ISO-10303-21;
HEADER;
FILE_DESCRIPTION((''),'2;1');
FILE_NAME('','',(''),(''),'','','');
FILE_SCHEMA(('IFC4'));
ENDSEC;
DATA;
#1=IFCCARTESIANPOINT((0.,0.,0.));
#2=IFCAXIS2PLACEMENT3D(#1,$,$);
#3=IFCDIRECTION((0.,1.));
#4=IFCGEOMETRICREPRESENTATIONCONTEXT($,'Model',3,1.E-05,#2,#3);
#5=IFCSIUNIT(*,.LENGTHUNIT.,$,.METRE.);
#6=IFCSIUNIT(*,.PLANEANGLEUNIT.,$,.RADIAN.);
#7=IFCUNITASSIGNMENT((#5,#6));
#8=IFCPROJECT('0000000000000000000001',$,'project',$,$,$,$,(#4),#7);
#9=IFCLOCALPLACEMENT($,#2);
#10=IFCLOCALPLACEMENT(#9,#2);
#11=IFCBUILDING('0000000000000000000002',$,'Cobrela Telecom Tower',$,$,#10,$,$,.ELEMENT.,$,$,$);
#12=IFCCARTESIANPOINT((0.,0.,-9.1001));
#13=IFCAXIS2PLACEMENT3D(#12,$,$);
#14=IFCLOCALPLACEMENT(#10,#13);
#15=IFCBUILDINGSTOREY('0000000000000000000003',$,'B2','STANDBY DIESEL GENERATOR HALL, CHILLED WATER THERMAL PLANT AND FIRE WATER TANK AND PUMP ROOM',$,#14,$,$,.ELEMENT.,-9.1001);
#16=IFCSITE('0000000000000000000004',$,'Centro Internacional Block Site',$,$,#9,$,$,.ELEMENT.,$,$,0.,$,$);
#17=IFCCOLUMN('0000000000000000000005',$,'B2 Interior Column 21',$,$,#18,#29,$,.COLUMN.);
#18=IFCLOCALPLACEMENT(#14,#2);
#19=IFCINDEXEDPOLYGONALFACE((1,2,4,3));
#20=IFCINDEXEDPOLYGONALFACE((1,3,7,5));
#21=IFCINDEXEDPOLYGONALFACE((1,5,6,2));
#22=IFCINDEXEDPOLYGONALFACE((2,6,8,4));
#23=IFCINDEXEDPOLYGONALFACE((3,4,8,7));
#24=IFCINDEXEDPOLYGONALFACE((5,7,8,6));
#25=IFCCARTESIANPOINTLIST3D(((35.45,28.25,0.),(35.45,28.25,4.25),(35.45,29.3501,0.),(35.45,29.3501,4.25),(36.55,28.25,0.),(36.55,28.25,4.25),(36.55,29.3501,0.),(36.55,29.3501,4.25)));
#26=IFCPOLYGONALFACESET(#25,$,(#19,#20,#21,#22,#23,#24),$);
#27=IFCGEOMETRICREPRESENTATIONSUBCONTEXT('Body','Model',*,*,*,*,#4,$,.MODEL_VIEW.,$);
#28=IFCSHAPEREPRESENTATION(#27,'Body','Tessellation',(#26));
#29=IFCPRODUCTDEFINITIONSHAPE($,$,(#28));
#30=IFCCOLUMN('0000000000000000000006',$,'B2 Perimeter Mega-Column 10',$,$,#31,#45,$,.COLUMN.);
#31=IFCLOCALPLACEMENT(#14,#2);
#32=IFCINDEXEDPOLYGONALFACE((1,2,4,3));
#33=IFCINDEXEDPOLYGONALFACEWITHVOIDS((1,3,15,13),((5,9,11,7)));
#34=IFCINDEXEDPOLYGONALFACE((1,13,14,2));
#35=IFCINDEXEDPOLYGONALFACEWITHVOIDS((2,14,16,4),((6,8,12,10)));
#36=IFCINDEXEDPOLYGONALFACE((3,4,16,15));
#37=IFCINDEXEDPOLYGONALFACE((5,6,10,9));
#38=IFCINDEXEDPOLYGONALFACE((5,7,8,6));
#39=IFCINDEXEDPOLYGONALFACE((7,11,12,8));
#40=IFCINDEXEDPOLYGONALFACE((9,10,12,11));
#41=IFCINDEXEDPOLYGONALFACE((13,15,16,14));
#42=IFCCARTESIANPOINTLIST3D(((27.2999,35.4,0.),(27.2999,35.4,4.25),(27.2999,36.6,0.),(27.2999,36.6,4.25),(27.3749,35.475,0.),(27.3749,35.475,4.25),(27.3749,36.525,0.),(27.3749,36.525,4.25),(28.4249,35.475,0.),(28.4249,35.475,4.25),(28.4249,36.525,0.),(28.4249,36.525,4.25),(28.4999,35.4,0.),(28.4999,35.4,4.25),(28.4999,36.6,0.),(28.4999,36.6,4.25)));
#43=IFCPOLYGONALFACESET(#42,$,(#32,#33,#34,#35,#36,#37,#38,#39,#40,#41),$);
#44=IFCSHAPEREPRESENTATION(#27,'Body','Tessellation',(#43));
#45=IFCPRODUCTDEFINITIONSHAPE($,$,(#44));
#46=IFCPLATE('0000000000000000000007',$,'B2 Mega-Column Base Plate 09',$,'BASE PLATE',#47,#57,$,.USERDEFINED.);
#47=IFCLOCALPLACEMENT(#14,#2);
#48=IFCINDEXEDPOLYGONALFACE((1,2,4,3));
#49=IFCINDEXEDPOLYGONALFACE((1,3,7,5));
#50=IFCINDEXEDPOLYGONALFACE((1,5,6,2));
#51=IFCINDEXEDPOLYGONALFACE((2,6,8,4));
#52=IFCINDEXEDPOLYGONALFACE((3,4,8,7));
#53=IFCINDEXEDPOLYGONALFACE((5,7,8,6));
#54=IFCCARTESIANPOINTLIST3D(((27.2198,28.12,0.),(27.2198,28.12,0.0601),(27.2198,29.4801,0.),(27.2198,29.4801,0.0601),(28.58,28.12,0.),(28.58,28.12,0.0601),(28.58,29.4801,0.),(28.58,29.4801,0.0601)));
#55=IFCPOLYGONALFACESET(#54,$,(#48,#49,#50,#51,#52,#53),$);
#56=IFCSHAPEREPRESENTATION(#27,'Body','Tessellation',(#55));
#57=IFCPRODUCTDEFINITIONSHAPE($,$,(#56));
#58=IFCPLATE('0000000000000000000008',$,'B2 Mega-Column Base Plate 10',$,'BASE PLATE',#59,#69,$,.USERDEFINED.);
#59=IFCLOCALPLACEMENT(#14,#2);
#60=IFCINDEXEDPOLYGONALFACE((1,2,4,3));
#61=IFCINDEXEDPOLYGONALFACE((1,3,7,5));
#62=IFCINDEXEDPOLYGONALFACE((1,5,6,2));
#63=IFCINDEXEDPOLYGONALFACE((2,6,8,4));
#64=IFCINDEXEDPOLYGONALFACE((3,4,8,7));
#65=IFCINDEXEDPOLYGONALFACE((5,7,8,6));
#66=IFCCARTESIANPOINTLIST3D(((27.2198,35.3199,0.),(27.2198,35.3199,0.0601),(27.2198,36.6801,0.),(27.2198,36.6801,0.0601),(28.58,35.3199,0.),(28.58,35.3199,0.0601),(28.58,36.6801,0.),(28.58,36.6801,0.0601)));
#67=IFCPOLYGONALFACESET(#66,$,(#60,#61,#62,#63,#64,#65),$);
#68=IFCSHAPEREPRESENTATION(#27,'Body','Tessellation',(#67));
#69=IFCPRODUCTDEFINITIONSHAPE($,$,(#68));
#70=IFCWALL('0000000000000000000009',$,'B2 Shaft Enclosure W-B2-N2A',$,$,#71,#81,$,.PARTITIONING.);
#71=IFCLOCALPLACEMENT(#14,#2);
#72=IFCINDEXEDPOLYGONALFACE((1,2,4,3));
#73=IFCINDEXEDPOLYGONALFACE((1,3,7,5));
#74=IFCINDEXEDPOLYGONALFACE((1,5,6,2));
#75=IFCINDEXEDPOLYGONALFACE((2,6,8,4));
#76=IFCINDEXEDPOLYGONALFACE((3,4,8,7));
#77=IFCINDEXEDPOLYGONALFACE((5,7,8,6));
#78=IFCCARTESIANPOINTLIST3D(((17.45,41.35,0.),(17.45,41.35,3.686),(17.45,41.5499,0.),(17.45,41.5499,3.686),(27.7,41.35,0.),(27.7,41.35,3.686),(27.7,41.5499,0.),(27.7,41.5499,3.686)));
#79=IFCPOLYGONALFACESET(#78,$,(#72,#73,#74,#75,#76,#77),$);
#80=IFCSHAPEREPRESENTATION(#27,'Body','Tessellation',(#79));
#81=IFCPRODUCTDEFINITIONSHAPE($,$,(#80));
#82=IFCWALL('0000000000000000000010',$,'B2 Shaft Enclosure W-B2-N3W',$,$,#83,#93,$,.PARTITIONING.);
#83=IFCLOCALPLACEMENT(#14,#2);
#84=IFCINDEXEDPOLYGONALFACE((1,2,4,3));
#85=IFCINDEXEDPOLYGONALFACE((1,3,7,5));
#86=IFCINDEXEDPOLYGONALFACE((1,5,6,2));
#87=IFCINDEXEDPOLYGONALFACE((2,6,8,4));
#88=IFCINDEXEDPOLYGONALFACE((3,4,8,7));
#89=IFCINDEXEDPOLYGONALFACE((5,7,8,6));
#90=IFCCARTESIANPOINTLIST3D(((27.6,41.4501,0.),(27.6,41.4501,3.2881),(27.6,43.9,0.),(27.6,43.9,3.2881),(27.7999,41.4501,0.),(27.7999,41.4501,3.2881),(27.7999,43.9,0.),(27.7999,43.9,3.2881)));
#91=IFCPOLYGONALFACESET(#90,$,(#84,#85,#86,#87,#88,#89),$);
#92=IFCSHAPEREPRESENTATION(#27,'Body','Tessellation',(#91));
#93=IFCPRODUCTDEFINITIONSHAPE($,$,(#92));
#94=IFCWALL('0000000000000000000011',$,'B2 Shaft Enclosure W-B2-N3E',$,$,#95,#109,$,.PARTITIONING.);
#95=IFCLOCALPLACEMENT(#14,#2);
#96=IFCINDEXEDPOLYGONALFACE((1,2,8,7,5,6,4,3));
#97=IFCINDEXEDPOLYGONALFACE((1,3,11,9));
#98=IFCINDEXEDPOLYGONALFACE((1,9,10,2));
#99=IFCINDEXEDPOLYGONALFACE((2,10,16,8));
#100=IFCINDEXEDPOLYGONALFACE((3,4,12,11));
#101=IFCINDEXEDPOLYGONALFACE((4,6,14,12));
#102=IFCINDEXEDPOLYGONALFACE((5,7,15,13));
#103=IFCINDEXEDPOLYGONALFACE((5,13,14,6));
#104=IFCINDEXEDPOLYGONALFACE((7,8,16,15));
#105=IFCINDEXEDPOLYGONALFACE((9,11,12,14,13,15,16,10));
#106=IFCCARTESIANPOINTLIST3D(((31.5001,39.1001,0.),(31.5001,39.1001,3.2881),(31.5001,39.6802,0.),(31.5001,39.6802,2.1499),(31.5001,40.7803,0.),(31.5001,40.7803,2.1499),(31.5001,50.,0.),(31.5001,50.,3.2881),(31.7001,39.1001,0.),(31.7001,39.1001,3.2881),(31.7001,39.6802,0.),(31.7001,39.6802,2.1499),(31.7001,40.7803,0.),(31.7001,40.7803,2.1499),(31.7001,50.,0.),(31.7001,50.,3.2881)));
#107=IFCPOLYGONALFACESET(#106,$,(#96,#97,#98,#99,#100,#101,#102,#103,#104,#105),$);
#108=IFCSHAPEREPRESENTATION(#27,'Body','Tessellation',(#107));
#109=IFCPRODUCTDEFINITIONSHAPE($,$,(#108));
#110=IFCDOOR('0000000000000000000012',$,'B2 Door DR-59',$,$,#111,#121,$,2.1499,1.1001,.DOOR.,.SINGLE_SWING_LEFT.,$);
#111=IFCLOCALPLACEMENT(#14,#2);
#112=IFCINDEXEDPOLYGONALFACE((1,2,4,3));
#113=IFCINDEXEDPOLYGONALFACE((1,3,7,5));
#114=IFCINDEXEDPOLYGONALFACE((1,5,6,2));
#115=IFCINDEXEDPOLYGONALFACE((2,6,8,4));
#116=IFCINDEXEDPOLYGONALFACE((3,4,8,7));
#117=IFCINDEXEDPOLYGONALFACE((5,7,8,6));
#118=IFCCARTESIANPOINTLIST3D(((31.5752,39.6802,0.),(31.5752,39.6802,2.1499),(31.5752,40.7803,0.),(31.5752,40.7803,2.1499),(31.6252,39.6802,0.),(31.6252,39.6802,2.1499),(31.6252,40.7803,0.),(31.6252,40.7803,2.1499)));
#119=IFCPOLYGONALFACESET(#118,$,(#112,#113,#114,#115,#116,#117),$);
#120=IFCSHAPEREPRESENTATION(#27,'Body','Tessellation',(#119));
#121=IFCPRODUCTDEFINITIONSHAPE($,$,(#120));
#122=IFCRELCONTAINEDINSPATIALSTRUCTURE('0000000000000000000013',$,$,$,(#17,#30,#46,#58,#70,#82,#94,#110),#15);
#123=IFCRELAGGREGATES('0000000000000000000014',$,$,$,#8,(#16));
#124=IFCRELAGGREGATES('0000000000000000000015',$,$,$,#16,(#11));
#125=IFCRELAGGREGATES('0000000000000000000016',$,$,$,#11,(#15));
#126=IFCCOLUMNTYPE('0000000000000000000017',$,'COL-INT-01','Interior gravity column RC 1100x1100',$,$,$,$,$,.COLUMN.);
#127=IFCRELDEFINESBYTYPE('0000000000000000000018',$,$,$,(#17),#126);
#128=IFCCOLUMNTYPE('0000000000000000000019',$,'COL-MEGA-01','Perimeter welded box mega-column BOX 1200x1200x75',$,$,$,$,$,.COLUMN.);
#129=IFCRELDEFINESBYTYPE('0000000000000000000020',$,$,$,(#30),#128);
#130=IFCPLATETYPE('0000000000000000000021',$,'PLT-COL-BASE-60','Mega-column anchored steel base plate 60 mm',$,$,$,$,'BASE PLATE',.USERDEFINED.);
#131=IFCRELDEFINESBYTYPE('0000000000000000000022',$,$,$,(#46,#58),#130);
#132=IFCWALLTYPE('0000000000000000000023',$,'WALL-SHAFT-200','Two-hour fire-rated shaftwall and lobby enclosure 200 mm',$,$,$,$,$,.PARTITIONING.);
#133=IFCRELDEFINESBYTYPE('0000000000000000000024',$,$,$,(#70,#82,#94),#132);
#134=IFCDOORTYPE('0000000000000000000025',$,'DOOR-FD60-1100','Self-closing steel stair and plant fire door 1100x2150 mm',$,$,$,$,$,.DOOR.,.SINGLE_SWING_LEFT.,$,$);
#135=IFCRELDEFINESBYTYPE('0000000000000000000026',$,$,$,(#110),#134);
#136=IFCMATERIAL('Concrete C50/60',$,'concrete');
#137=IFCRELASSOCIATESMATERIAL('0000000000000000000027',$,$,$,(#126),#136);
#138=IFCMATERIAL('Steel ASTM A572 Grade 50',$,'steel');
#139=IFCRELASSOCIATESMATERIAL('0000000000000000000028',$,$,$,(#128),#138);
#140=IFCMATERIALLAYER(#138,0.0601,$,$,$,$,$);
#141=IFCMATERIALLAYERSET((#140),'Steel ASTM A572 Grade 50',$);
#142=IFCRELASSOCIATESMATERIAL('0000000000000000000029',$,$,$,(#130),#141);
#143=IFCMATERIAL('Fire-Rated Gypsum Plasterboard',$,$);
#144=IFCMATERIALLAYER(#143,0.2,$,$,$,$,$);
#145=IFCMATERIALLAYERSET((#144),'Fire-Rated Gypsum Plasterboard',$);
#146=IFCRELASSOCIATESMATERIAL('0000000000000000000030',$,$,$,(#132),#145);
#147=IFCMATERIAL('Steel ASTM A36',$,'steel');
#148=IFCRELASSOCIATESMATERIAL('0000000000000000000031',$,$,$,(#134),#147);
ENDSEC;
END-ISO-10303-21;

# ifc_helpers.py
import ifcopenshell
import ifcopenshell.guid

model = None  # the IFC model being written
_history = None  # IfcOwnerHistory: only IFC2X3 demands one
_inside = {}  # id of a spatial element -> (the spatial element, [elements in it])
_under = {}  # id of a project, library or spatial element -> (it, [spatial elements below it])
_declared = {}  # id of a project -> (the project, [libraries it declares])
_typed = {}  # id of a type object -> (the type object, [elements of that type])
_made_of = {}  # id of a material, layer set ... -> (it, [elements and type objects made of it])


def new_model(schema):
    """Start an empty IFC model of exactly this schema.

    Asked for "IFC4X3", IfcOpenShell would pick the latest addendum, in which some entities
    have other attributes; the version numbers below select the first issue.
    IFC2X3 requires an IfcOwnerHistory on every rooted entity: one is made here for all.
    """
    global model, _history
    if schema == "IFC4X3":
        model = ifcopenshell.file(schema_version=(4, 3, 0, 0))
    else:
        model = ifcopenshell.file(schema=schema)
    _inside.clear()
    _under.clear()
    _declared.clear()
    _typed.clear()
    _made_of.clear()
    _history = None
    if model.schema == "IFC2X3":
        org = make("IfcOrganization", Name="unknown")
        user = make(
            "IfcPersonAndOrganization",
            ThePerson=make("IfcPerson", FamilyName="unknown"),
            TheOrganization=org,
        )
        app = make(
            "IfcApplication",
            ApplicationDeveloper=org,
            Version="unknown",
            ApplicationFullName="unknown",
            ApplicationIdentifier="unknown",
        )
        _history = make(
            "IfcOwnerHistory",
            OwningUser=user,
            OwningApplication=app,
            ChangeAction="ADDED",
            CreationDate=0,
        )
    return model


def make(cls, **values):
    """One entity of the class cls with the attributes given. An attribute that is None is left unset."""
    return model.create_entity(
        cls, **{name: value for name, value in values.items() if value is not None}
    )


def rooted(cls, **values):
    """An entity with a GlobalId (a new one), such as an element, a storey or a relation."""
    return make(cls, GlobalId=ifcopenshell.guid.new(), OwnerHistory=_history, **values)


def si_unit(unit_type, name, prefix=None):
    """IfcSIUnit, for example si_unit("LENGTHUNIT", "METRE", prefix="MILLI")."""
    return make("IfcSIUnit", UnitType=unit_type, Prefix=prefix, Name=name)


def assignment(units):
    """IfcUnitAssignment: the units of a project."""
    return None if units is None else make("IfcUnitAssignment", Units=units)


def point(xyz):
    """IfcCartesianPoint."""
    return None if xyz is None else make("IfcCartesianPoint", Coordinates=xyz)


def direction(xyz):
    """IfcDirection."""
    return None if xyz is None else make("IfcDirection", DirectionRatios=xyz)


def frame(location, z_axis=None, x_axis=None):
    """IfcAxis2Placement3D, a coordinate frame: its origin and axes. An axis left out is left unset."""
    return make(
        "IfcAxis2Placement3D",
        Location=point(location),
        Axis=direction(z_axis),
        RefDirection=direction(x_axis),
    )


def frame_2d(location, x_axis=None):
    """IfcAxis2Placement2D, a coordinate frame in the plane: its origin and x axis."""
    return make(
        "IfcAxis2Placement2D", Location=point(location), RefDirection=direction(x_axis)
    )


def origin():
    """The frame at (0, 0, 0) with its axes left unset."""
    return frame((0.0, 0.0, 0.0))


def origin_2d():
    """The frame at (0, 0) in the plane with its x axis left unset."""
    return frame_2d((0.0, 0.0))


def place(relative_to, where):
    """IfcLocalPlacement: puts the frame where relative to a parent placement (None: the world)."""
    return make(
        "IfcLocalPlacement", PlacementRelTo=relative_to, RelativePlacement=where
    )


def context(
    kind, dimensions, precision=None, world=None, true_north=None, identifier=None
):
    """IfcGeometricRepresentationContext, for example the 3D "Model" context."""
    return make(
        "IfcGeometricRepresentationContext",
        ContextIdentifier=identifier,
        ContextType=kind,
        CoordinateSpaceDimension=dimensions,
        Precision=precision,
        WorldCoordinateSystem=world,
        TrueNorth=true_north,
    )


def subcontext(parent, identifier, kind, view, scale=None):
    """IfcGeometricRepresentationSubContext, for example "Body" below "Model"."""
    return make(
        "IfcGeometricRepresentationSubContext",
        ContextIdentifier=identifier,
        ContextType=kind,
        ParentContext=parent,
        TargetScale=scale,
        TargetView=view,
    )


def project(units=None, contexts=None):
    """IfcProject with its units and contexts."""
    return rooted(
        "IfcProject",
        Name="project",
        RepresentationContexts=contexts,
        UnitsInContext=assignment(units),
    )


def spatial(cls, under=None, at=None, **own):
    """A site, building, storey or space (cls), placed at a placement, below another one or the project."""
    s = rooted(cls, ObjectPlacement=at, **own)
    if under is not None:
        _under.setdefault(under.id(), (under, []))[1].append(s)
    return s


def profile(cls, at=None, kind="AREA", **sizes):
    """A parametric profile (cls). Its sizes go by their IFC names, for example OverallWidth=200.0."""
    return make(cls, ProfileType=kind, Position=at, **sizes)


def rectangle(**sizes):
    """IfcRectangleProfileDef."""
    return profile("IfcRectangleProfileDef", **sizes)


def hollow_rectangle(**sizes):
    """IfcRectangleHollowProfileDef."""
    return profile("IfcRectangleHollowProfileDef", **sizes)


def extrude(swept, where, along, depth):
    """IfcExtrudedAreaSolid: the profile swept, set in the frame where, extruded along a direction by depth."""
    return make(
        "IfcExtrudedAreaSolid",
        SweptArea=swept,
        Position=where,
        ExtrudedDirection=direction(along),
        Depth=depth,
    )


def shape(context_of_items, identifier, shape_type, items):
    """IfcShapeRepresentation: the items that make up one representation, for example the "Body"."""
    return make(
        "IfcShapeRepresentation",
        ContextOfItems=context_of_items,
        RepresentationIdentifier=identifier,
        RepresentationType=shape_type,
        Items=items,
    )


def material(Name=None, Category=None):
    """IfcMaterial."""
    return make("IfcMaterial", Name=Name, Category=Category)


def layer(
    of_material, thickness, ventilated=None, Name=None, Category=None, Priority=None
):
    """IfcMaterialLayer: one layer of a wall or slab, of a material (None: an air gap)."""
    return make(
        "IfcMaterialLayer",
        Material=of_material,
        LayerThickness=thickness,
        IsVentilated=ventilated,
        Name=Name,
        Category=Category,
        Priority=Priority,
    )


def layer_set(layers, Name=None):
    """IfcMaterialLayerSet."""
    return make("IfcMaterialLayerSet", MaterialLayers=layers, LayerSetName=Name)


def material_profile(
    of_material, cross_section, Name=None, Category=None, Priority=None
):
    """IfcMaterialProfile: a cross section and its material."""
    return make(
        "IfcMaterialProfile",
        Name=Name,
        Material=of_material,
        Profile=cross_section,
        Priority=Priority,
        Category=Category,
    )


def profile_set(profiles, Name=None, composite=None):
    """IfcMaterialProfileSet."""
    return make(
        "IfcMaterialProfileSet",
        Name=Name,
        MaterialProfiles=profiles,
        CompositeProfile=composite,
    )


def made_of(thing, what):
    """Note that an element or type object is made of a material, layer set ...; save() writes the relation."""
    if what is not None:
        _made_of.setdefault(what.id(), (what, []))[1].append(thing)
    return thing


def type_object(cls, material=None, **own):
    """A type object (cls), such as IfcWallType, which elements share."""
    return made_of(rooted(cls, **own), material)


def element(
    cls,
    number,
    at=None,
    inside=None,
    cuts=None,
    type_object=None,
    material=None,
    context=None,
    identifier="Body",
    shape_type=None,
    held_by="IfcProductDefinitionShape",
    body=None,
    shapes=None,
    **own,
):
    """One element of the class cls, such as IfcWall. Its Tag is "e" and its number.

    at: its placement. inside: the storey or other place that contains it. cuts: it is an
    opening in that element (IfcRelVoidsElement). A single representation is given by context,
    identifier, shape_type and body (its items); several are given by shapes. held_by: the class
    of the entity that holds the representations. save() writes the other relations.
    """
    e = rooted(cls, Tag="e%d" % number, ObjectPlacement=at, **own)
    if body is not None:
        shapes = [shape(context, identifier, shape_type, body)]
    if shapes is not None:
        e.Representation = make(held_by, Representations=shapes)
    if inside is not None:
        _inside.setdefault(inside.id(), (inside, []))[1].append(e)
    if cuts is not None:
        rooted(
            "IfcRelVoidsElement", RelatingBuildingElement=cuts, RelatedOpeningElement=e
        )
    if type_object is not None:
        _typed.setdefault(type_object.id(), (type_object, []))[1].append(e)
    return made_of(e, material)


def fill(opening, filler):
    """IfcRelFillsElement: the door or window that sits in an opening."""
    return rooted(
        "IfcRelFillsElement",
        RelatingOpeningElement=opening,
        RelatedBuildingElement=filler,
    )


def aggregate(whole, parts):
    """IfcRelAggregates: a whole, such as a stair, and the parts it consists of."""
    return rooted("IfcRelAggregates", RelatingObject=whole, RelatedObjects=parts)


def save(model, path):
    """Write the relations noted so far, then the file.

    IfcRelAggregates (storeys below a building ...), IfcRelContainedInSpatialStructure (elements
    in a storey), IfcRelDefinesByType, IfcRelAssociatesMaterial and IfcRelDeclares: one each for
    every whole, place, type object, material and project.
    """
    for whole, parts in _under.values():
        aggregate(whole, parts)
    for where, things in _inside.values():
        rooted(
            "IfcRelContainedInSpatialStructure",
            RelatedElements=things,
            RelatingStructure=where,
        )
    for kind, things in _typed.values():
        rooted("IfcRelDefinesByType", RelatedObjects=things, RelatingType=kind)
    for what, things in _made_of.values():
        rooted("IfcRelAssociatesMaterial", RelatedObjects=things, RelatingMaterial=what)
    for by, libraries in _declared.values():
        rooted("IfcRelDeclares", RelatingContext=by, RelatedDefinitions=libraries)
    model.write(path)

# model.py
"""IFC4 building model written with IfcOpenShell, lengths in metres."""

from ifc_helpers import new_model, si_unit, direction, frame, frame_2d, origin, origin_2d, place, context, subcontext, project, spatial, rectangle, hollow_rectangle, extrude, material, layer, layer_set, material_profile, profile_set, type_object, element, fill, save


model = new_model("IFC4")

# Units and contexts
model_context = context("Model", 3, precision=1e-05, world=origin(), true_north=direction((0.0, 1.0)))
body_context = subcontext(model_context, "Body", "Model", "MODEL_VIEW")
ifc_project = project(units=[si_unit("LENGTHUNIT", "METRE"), si_unit("PLANEANGLEUNIT", "RADIAN")], contexts=[model_context])

# Site, building, storey
site_placement = place(None, origin())
site = spatial("IfcSite", under=ifc_project, at=site_placement, Name="Centro Internacional Block Site", CompositionType="ELEMENT", RefElevation=0.0)
building_placement = place(site_placement, origin())
building = spatial("IfcBuilding", under=site, at=building_placement, Name="Cobrela Telecom Tower", CompositionType="ELEMENT")
storey_placement = place(building_placement, frame((0.0, 0.0, -9.1001)))
storey = spatial("IfcBuildingStorey", under=building, at=storey_placement, Name="B2", Description="STANDBY DIESEL GENERATOR HALL, CHILLED WATER THERMAL PLANT AND FIRE WATER TANK AND PUMP ROOM", CompositionType="ELEMENT", Elevation=-9.1001)

# Columns
ifc_material_1 = material(Name="Concrete C50/60", Category="concrete")
ifc_material_profile_1 = material_profile(ifc_material_1, rectangle(XDim=1.1001, YDim=1.1001, at=origin_2d()), Name="RC 1100x1100")
ifc_profile_set_1 = profile_set([ifc_material_profile_1], Name="Concrete C50/60")
column_type_1 = type_object("IfcColumnType", Name="COL-INT-01", Description="Interior gravity column RC 1100x1100", PredefinedType="COLUMN", material=ifc_profile_set_1)
column_1_placement = place(storey_placement, frame((36.0, 28.8, 0.0), z_axis=(0.0, 0.0, 1.0), x_axis=(1.0, 0.0, 0.0)))
element("IfcColumn", 1, at=column_1_placement, inside=storey, type_object=column_type_1, Name="B2 Interior Column 21", PredefinedType="COLUMN", context=body_context, shape_type="SweptSolid", body=[
    extrude(rectangle(XDim=1.1001, YDim=1.1001, at=origin_2d()), origin(), (0.0, 0.0, 1.0), 4.25),
])
ifc_material_2 = material(Name="Steel ASTM A572 Grade 50", Category="steel")
ifc_material_profile_2 = material_profile(ifc_material_2, hollow_rectangle(XDim=1.2, YDim=1.2, WallThickness=0.075, at=origin_2d()), Name="BOX 1200x1200x75")
ifc_profile_set_2 = profile_set([ifc_material_profile_2], Name="Steel ASTM A572 Grade 50")
column_type_2 = type_object("IfcColumnType", Name="COL-MEGA-01", Description="Perimeter welded box mega-column BOX 1200x1200x75", PredefinedType="COLUMN", material=ifc_profile_set_2)
column_2_placement = place(storey_placement, frame((27.8999, 36.0, 0.0), z_axis=(0.0, 0.0, 1.0), x_axis=(1.0, 0.0, 0.0)))
element("IfcColumn", 2, at=column_2_placement, inside=storey, type_object=column_type_2, Name="B2 Perimeter Mega-Column 10", PredefinedType="COLUMN", context=body_context, shape_type="SweptSolid", body=[
    extrude(hollow_rectangle(XDim=1.2, YDim=1.2, WallThickness=0.075, at=origin_2d()), origin(), (0.0, 0.0, 1.0), 4.25),
])

# Plates
ifc_layer_1 = layer(ifc_material_2, 0.0601)
ifc_layer_set_1 = layer_set([ifc_layer_1], Name="Steel ASTM A572 Grade 50")
plate_type = type_object("IfcPlateType", Name="PLT-COL-BASE-60", Description="Mega-column anchored steel base plate 60 mm", ElementType="BASE PLATE", PredefinedType="USERDEFINED", material=ifc_layer_set_1)
for number, where, z_axis, x_axis, name in (
    (3, (27.8999, 28.8, 0.0), (0.0, 0.0, 1.0), (1.0, 0.0, 0.0), "B2 Mega-Column Base Plate 09"),
    (4, (27.8999, 36.0, 0.0), (0.0, 0.0, 1.0), (1.0, 0.0, 0.0), "B2 Mega-Column Base Plate 10"),
):
    element("IfcPlate", number, at=place(storey_placement, frame(where, z_axis=z_axis, x_axis=x_axis)), inside=storey, type_object=plate_type, Name=name, ObjectType="BASE PLATE", PredefinedType="USERDEFINED", context=body_context, shape_type="SweptSolid", body=[
        extrude(rectangle(XDim=1.3601, YDim=1.3601, at=origin_2d()), origin(), (0.0, 0.0, 1.0), 0.0601),
    ])

# Walls
ifc_material_3 = material(Name="Fire-Rated Gypsum Plasterboard")
ifc_layer_2 = layer(ifc_material_3, 0.2)
ifc_layer_set_2 = layer_set([ifc_layer_2], Name="Fire-Rated Gypsum Plasterboard")
wall_type = type_object("IfcWallType", Name="WALL-SHAFT-200", Description="Two-hour fire-rated shaftwall and lobby enclosure 200 mm", PredefinedType="PARTITIONING", material=ifc_layer_set_2)
wall_1_placement = place(storey_placement, frame((17.45, 41.45, 0.0), z_axis=(0.0, 0.0, 1.0), x_axis=(1.0, 0.0, 0.0)))
element("IfcWall", 5, at=wall_1_placement, inside=storey, type_object=wall_type, Name="B2 Shaft Enclosure W-B2-N2A", PredefinedType="PARTITIONING", context=body_context, shape_type="SweptSolid", body=[
    extrude(rectangle(XDim=10.25, YDim=0.2, at=frame_2d((5.125, 0.0))), origin(), (0.0, 0.0, 1.0), 3.686),
])
wall_2_placement = place(storey_placement, frame((27.7, 41.45, 0.0), z_axis=(0.0, 0.0, 1.0), x_axis=(0.0, 1.0, 0.0)))
element("IfcWall", 6, at=wall_2_placement, inside=storey, type_object=wall_type, Name="B2 Shaft Enclosure W-B2-N3W", PredefinedType="PARTITIONING", context=body_context, shape_type="SweptSolid", body=[
    extrude(rectangle(XDim=2.45, YDim=0.2, at=frame_2d((1.2251, 0.0))), origin(), (0.0, 0.0, 1.0), 3.2881),
])

# Wall, opening, door
wall_3_placement = place(storey_placement, frame((31.6001, 39.1001, 0.0), z_axis=(0.0, 0.0, 1.0), x_axis=(0.0, 1.0, 0.0)))
wall_3 = element("IfcWall", 7, at=wall_3_placement, inside=storey, type_object=wall_type, Name="B2 Shaft Enclosure W-B2-N3E", PredefinedType="PARTITIONING", context=body_context, shape_type="SweptSolid", body=[
    extrude(rectangle(XDim=10.8999, YDim=0.2, at=frame_2d((5.45, 0.0))), origin(), (0.0, 0.0, 1.0), 3.2881),
])
opening_placement = place(wall_3_placement, frame((0.5801, 0.0, 0.0)))
opening = element("IfcOpeningElement", 8, at=opening_placement, cuts=wall_3, PredefinedType="OPENING", context=body_context, shape_type="SweptSolid", body=[
    extrude(rectangle(XDim=1.1001, YDim=2.1499, at=frame_2d((0.55, 1.075))), frame((0.0, 0.1118, 0.0), z_axis=(0.0, -1.0, 0.0), x_axis=(1.0, 0.0, 0.0)), (0.0, 0.0, 1.0), 0.2239),
])
ifc_material_4 = material(Name="Steel ASTM A36", Category="steel")
door_type = type_object("IfcDoorType", Name="DOOR-FD60-1100", Description="Self-closing steel stair and plant fire door 1100x2150 mm", OperationType="SINGLE_SWING_LEFT", PredefinedType="DOOR", material=ifc_material_4)
door_placement = place(opening_placement, origin())
door = element("IfcDoor", 9, at=door_placement, inside=storey, type_object=door_type, Name="B2 Door DR-59", OperationType="SINGLE_SWING_LEFT", OverallHeight=2.1499, OverallWidth=1.1001, PredefinedType="DOOR", context=body_context, shape_type="SweptSolid", body=[
    extrude(rectangle(XDim=1.1001, YDim=2.1499, at=frame_2d((0.55, 1.075))), frame((0.0, 0.0249, 0.0), z_axis=(0.0, -1.0, 0.0), x_axis=(1.0, 0.0, 0.0)), (0.0, 0.0, 1.0), 0.05),
])
fill(opening, door)

save(model, "model.ifc")
